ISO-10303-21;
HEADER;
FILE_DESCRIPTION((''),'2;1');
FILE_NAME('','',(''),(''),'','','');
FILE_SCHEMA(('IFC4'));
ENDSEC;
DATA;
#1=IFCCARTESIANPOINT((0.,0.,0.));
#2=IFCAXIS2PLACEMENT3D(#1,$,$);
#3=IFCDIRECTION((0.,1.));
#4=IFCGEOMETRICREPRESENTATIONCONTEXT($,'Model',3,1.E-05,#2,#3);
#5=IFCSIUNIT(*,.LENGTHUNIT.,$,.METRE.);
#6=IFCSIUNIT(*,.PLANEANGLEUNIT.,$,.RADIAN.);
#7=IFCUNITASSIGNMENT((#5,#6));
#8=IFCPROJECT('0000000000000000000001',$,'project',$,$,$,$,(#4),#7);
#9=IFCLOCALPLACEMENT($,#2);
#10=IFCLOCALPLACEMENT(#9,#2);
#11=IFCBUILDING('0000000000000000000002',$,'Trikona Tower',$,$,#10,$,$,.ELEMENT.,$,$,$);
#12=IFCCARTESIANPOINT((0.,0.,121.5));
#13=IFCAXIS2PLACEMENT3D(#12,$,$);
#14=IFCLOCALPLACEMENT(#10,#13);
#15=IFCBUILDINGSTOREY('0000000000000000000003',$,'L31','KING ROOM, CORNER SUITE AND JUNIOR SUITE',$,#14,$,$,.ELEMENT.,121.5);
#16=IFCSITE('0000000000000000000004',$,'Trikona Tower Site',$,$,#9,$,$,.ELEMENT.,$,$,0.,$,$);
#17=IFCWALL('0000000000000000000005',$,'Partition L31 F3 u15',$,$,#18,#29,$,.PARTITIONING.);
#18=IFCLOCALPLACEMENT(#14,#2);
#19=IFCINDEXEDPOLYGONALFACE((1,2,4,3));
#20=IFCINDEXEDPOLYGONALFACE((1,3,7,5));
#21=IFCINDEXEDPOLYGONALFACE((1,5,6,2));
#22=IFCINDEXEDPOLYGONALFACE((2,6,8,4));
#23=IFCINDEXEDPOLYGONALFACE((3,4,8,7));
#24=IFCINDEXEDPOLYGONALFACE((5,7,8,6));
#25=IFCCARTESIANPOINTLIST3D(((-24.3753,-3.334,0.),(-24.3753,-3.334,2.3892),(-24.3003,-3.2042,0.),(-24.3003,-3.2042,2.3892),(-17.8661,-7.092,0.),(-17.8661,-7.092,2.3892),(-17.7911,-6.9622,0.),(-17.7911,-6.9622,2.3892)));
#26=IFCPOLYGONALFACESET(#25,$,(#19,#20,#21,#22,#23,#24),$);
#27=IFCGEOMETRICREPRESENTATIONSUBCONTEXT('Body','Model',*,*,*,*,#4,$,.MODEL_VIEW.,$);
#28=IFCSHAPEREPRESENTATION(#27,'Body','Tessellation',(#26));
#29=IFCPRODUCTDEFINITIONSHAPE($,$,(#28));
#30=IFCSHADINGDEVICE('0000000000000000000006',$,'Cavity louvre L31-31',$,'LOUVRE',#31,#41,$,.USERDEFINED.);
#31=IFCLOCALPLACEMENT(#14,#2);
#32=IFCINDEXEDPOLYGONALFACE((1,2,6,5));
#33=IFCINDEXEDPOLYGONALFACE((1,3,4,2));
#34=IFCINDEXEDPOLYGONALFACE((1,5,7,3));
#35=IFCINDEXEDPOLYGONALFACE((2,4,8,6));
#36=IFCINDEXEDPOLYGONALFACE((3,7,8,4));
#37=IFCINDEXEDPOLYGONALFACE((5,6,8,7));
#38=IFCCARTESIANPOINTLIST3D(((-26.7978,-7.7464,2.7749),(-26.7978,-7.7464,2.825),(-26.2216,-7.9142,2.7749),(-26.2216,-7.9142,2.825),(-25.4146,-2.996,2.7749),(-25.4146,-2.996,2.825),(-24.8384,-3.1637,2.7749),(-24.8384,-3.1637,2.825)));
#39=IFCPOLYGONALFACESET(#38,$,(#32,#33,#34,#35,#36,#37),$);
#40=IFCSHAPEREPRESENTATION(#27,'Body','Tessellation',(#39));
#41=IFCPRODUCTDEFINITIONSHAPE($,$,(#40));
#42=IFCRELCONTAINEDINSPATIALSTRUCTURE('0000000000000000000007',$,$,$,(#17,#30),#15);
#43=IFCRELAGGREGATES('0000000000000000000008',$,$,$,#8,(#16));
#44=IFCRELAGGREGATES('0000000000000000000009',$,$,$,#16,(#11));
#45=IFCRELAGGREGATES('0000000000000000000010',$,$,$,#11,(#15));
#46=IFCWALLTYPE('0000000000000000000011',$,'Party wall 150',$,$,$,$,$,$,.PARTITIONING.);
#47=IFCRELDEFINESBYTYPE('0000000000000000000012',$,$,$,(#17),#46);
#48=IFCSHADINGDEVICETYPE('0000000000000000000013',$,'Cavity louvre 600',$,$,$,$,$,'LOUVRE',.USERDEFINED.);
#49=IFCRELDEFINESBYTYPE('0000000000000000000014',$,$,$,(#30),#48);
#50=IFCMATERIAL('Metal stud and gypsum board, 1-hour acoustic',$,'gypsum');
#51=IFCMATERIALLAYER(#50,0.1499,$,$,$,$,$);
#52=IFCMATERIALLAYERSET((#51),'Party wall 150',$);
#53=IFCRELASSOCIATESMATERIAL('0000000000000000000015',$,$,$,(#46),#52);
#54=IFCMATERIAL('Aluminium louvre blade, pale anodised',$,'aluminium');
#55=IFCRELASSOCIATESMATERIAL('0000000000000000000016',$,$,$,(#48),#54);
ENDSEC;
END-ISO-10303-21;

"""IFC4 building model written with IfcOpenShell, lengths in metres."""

from ifc_helpers import new_model, si_unit, direction, frame, frame_2d, origin, origin_2d, place, context, subcontext, project, spatial, rectangle, extrude, material, layer, layer_set, type_object, element, save


model = new_model("IFC4")

# Units and contexts
model_context = context("Model", 3, precision=1e-05, world=origin(), true_north=direction((0.0, 1.0)))
body_context = subcontext(model_context, "Body", "Model", "MODEL_VIEW")
ifc_project = project(units=[si_unit("LENGTHUNIT", "METRE"), si_unit("PLANEANGLEUNIT", "RADIAN")], contexts=[model_context])

# Site, building, storey
site_placement = place(None, origin())
site = spatial("IfcSite", under=ifc_project, at=site_placement, Name="Trikona Tower Site", CompositionType="ELEMENT", RefElevation=0.0)
building_placement = place(site_placement, origin())
building = spatial("IfcBuilding", under=site, at=building_placement, Name="Trikona Tower", CompositionType="ELEMENT")
storey_placement = place(building_placement, frame((0.0, 0.0, 121.5)))
storey = spatial("IfcBuildingStorey", under=building, at=storey_placement, Name="L31", Description="KING ROOM, CORNER SUITE AND JUNIOR SUITE", CompositionType="ELEMENT", Elevation=121.5)

# Wall
ifc_material_1 = material(Name="Metal stud and gypsum board, 1-hour acoustic", Category="gypsum")
ifc_layer_1 = layer(ifc_material_1, 0.1499)
ifc_layer_set_1 = layer_set([ifc_layer_1], Name="Party wall 150")
wall_type_1 = type_object("IfcWallType", Name="Party wall 150", PredefinedType="PARTITIONING", material=ifc_layer_set_1)
wall_1_placement = place(storey_placement, frame((-17.8286, -7.0271, 0.0), z_axis=(0.0, 0.0, 1.0), x_axis=(-0.86603, 0.499992, 0.0)))
element("IfcWall", 1, at=wall_1_placement, inside=storey, type_object=wall_type_1, Name="Partition L31 F3 u15", PredefinedType="PARTITIONING", context=body_context, shape_type="SweptSolid", body=[
    extrude(rectangle(XDim=7.5161, YDim=0.1499, at=frame_2d((3.7581, 0.0))), origin(), (0.0, 0.0, 1.0), 2.3892),
])

# Shading device
ifc_material_2 = material(Name="Aluminium louvre blade, pale anodised", Category="aluminium")
shading_device_type = type_object("IfcShadingDeviceType", Name="Cavity louvre 600", ElementType="LOUVRE", PredefinedType="USERDEFINED", material=ifc_material_2)
shading_device_placement = place(storey_placement, frame((-25.8181, -5.4551, 2.7749), z_axis=(0.0, 0.0, 1.0), x_axis=(-0.279554, -0.96013, 0.0)))
element("IfcShadingDevice", 2, at=shading_device_placement, inside=storey, type_object=shading_device_type, Name="Cavity louvre L31-31", ObjectType="LOUVRE", PredefinedType="USERDEFINED", context=body_context, shape_type="SweptSolid", body=[
    extrude(rectangle(XDim=4.9478, YDim=0.6001, at=origin_2d()), origin(), (0.0, 0.0, 1.0), 0.05),
])

save(model, "model.ifc")
